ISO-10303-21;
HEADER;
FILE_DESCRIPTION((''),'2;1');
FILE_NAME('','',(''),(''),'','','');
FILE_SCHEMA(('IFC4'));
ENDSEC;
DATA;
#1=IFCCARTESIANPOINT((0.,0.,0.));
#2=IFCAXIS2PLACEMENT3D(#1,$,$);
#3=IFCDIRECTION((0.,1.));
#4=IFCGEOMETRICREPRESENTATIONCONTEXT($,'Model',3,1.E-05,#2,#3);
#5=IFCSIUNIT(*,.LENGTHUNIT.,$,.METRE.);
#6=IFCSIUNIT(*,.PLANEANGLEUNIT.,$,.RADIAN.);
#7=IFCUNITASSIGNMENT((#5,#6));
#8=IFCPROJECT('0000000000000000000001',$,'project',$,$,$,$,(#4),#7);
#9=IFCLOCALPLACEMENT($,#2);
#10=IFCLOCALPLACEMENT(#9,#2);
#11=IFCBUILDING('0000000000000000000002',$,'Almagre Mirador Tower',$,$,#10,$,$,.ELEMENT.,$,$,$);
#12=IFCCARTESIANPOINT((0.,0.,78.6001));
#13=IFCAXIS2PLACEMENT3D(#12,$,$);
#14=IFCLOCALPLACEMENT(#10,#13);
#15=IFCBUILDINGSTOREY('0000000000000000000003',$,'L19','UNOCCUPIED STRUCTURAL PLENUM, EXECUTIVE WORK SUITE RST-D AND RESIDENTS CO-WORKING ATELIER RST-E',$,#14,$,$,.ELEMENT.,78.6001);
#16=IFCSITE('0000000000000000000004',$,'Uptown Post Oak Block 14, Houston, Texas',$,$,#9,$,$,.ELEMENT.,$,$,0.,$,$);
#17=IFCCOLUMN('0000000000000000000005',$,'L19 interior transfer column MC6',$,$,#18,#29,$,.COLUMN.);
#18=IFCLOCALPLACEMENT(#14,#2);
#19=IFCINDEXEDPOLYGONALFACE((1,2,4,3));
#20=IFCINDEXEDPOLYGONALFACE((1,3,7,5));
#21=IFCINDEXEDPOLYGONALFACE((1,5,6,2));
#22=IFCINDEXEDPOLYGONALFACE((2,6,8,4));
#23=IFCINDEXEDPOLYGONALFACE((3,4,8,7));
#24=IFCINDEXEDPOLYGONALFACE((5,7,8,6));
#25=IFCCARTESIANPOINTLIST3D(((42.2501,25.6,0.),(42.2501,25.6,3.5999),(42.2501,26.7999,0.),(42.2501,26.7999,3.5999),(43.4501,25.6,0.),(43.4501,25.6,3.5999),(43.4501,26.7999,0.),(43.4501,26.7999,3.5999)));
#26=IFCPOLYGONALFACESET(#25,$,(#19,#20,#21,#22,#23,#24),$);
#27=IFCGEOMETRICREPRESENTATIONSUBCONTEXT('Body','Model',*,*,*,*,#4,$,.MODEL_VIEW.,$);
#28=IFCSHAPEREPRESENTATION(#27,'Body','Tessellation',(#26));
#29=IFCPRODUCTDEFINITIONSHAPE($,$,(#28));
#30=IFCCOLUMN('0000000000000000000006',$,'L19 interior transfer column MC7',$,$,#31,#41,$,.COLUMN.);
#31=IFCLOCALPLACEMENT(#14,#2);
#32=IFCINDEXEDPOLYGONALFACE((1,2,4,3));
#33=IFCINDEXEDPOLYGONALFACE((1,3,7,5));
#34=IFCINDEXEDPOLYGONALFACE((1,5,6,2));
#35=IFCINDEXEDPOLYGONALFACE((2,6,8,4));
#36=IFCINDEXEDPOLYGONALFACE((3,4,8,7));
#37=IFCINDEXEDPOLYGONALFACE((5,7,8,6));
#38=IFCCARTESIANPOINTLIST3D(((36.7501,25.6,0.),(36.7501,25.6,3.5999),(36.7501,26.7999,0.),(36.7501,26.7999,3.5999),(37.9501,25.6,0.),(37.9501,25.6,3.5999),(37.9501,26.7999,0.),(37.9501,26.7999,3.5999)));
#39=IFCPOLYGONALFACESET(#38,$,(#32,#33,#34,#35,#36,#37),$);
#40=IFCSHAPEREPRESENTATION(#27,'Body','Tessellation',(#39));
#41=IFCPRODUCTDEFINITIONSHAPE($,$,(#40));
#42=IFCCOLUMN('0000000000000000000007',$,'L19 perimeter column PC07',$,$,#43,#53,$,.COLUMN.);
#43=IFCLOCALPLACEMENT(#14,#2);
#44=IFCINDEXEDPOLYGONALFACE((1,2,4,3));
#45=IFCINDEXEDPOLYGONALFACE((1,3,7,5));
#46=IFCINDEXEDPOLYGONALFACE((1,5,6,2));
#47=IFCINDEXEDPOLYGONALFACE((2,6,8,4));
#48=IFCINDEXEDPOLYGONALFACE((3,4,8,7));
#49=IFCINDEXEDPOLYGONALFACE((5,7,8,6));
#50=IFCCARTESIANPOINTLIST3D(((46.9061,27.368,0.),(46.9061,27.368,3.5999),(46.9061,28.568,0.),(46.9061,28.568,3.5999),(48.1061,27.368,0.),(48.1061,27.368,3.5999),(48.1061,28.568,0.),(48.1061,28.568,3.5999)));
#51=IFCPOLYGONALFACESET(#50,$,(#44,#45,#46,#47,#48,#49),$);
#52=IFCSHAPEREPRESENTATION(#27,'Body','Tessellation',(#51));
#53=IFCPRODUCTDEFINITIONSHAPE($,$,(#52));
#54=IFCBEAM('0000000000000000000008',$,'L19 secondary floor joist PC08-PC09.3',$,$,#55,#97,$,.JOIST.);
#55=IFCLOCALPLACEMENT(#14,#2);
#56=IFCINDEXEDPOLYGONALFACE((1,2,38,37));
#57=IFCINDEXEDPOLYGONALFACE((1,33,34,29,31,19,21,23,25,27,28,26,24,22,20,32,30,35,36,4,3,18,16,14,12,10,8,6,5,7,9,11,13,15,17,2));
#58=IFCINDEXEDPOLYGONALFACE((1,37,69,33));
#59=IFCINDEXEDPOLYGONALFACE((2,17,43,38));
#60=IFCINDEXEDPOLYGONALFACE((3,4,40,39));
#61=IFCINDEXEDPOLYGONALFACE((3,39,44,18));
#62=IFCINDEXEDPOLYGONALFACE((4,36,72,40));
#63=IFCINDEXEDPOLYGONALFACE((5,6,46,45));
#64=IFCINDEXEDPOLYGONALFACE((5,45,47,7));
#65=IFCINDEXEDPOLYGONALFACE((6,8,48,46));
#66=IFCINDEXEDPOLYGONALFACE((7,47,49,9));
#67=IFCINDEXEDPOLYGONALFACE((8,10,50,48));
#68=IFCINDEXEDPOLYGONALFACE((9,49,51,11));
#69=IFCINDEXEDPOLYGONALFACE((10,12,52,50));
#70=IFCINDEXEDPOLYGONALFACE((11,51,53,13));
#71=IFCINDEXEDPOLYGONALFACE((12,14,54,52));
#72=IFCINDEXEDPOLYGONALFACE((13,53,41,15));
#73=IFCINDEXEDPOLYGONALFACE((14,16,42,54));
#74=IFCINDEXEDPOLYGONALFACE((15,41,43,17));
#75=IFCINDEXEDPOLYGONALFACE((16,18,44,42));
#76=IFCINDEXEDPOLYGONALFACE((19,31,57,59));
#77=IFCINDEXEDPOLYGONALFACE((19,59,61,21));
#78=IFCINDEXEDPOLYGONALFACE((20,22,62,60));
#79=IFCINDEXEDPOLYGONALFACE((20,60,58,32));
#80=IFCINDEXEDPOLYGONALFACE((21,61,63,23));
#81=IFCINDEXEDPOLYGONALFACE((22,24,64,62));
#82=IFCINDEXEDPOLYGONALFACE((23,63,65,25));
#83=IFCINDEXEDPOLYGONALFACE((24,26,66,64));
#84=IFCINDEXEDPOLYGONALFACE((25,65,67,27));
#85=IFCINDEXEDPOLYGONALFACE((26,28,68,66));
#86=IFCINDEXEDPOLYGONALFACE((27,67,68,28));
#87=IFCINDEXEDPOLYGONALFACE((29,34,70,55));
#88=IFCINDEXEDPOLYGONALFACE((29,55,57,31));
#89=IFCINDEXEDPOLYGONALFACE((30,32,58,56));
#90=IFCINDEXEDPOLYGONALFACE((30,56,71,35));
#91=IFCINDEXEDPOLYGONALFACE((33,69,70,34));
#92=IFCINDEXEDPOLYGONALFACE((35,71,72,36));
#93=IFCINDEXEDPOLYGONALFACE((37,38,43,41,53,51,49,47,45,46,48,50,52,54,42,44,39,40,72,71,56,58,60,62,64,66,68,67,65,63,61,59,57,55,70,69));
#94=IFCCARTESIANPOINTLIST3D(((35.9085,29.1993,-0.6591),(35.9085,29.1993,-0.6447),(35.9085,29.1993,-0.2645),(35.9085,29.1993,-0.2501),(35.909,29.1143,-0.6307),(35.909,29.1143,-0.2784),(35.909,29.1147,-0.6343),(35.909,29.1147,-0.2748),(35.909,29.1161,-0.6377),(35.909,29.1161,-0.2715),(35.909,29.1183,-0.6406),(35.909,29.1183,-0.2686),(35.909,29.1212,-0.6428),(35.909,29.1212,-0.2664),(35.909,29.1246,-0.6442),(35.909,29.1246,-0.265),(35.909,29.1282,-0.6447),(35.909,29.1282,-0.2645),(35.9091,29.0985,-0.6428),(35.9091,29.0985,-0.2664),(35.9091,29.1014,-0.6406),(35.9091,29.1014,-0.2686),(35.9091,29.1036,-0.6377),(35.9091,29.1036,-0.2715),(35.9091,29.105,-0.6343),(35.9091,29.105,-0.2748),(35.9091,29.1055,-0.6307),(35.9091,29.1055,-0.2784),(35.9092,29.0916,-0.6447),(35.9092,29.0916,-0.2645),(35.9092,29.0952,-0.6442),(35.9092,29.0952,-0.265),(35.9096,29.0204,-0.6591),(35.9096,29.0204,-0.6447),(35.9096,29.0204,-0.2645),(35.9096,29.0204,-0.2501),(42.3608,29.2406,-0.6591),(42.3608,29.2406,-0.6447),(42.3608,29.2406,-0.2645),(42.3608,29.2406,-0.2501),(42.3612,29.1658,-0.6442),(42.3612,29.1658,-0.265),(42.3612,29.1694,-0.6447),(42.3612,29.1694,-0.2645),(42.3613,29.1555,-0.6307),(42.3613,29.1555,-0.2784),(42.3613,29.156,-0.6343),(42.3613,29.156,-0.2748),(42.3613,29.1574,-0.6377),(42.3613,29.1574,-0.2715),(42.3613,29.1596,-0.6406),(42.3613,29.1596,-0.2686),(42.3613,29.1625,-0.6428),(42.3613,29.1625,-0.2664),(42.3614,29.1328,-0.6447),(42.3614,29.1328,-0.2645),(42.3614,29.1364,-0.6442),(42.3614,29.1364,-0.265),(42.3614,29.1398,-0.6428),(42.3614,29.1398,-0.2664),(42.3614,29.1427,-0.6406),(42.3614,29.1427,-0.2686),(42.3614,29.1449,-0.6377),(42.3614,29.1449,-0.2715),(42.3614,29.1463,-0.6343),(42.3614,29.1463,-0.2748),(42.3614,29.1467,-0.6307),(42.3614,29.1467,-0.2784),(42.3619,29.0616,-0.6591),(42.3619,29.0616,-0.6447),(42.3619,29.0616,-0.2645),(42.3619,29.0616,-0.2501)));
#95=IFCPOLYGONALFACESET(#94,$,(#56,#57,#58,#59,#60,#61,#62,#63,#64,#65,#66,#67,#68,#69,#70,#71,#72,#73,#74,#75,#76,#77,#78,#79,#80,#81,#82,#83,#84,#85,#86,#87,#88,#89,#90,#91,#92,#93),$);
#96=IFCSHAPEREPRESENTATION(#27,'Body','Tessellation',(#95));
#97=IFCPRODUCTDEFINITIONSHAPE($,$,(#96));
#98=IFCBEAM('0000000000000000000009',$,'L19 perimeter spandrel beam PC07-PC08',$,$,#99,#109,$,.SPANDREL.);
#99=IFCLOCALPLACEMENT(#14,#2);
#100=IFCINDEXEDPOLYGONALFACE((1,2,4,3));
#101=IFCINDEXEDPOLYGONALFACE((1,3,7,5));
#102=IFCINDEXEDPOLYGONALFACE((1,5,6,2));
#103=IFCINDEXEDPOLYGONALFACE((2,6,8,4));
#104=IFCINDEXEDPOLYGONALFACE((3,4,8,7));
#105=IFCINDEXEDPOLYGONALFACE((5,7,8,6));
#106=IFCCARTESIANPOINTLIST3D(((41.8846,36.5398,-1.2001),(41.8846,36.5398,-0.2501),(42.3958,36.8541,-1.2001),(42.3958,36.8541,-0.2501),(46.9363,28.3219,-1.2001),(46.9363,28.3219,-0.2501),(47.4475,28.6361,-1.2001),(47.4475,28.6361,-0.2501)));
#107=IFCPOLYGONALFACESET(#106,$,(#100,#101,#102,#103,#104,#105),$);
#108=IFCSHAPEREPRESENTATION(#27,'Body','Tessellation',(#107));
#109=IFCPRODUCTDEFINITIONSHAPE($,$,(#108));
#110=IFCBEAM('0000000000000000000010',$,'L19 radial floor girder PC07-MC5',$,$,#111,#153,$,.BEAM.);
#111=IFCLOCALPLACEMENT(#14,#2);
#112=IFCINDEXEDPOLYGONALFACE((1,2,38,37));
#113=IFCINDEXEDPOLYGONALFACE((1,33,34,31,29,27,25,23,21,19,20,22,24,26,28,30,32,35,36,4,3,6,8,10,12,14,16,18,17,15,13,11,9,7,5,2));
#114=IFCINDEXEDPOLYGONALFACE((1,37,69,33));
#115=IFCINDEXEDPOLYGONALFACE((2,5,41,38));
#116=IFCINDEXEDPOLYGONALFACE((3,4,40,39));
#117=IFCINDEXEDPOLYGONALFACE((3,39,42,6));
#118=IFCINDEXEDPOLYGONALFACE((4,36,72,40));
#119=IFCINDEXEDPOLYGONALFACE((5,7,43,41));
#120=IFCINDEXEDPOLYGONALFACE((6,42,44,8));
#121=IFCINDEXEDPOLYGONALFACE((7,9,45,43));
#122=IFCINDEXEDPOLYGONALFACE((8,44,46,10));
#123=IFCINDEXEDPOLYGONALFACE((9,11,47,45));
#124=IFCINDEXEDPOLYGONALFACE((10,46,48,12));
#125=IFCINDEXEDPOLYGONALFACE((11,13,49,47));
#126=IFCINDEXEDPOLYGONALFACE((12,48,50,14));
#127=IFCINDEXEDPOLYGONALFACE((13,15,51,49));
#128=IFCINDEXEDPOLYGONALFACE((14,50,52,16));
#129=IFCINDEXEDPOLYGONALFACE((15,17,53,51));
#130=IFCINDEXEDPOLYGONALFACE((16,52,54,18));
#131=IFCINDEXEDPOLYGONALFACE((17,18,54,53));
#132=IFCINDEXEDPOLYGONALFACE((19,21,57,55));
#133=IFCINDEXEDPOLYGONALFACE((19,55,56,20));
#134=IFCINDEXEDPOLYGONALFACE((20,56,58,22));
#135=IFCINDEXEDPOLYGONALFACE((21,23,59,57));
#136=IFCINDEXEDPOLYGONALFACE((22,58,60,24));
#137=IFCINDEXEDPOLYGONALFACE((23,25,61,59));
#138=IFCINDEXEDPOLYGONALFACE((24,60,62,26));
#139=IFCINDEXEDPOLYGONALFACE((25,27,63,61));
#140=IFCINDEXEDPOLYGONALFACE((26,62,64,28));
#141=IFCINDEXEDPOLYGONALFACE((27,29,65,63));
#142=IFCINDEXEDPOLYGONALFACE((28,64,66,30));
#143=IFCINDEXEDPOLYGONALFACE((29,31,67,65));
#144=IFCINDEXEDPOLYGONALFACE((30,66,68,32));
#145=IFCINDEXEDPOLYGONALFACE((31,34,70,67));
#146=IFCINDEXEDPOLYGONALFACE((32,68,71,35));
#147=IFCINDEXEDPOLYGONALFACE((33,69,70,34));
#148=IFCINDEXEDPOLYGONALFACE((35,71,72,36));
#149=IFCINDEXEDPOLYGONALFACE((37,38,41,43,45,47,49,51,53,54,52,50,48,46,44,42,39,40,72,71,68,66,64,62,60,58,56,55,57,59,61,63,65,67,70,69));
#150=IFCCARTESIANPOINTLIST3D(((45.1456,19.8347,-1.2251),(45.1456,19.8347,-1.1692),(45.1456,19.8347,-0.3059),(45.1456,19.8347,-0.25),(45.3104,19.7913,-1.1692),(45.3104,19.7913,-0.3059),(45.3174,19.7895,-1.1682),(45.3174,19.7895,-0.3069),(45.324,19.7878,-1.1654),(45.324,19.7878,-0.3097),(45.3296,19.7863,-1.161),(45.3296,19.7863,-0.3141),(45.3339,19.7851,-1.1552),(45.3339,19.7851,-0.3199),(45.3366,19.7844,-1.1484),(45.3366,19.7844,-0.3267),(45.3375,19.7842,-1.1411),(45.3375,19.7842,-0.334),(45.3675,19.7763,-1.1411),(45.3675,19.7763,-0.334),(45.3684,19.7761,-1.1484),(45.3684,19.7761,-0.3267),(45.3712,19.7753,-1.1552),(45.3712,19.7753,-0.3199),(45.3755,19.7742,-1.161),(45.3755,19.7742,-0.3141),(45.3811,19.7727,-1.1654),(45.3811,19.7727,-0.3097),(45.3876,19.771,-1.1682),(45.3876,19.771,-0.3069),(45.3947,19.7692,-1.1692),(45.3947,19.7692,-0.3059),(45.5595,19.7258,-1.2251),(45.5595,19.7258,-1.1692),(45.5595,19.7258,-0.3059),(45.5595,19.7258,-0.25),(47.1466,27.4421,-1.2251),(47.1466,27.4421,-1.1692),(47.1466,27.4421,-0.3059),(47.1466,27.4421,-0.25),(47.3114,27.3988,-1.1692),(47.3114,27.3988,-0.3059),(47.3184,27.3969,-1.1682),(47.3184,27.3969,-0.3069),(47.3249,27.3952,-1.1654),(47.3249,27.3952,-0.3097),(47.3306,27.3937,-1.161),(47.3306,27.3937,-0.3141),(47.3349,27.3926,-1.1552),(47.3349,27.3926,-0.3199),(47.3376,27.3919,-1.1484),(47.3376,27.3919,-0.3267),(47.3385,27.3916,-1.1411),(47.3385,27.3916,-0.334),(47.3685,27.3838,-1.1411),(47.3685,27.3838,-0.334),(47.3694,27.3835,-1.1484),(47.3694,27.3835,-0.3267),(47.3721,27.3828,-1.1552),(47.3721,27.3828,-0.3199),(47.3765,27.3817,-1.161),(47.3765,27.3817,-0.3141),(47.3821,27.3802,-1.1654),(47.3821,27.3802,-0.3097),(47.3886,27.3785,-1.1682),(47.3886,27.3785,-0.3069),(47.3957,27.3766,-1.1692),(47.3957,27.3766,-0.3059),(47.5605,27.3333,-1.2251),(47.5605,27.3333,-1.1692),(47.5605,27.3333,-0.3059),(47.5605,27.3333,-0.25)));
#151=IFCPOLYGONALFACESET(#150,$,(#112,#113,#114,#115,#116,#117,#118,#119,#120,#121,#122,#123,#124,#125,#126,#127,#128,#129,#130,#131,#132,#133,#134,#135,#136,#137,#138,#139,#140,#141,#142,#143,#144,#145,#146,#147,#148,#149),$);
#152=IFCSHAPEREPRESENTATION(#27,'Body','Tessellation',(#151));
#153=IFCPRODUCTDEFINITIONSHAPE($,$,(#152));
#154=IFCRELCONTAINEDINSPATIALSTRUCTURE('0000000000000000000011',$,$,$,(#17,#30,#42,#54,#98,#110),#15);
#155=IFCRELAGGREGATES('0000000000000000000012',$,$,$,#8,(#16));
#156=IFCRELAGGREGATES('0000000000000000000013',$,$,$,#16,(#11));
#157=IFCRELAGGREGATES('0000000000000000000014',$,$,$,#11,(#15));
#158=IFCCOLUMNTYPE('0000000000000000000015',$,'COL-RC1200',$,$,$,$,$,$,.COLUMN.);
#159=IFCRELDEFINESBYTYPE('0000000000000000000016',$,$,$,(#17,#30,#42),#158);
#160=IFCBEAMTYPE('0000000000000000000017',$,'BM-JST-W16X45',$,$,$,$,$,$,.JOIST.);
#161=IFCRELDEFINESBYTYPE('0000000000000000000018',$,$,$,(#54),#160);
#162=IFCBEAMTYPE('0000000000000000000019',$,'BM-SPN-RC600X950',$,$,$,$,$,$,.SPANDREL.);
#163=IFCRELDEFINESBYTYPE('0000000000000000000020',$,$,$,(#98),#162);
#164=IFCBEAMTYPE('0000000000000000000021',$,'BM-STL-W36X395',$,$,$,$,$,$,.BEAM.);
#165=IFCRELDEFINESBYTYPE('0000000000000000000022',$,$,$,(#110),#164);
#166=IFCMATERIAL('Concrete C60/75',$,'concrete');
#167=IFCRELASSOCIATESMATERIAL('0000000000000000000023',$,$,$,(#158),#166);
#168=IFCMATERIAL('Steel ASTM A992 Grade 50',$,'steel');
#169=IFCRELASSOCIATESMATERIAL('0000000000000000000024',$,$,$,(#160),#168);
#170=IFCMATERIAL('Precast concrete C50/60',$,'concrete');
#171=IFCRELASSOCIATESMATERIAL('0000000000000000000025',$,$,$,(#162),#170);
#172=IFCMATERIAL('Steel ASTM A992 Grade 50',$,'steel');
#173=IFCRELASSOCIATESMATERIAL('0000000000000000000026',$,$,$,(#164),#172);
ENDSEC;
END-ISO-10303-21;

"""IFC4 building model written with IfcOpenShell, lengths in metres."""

from ifc_helpers import new_model, si_unit, direction, frame, origin, origin_2d, place, context, subcontext, project, spatial, rectangle, i_section, extrude, material, material_profile, profile_set, type_object, element, save


model = new_model("IFC4")

# Units and contexts
model_context = context("Model", 3, precision=1e-05, world=origin(), true_north=direction((0.0, 1.0)))
body_context = subcontext(model_context, "Body", "Model", "MODEL_VIEW")
ifc_project = project(units=[si_unit("LENGTHUNIT", "METRE"), si_unit("PLANEANGLEUNIT", "RADIAN")], contexts=[model_context])

# Site, building, storey
site_placement = place(None, origin())
site = spatial("IfcSite", under=ifc_project, at=site_placement, Name="Uptown Post Oak Block 14, Houston, Texas", CompositionType="ELEMENT", RefElevation=0.0)
building_placement = place(site_placement, origin())
building = spatial("IfcBuilding", under=site, at=building_placement, Name="Almagre Mirador Tower", CompositionType="ELEMENT")
storey_placement = place(building_placement, frame((0.0, 0.0, 78.6001)))
storey = spatial("IfcBuildingStorey", under=building, at=storey_placement, Name="L19", Description="UNOCCUPIED STRUCTURAL PLENUM, EXECUTIVE WORK SUITE RST-D AND RESIDENTS CO-WORKING ATELIER RST-E", CompositionType="ELEMENT", Elevation=78.6001)

# Columns
ifc_material_1 = material(Name="Concrete C60/75", Category="concrete")
ifc_material_profile_1 = material_profile(ifc_material_1, rectangle(XDim=1.2, YDim=1.2, at=origin_2d()), Name="RC1200X1200")
ifc_profile_set_1 = profile_set([ifc_material_profile_1], Name="Concrete C60/75")
column_type = type_object("IfcColumnType", Name="COL-RC1200", PredefinedType="COLUMN", material=ifc_profile_set_1)
for number, where, z_axis, x_axis, name in (
    (1, (42.8501, 26.2, 0.0), (0.0, 0.0, 1.0), (1.0, 0.0, 0.0), "L19 interior transfer column MC6"),
    (2, (37.3501, 26.2, 0.0), (0.0, 0.0, 1.0), (1.0, 0.0, 0.0), "L19 interior transfer column MC7"),
    (3, (47.5061, 27.968, 0.0), (0.0, 0.0, 1.0), (1.0, 0.0, 0.0), "L19 perimeter column PC07"),
):
    element("IfcColumn", number, at=place(storey_placement, frame(where, z_axis=z_axis, x_axis=x_axis)), inside=storey, type_object=column_type, Name=name, PredefinedType="COLUMN", context=body_context, shape_type="SweptSolid", body=[
        extrude(rectangle(XDim=1.2, YDim=1.2, at=origin_2d()), origin(), (0.0, 0.0, 1.0), 3.5999),
    ])

# Beams
ifc_material_2 = material(Name="Steel ASTM A992 Grade 50", Category="steel")
ifc_material_profile_2 = material_profile(ifc_material_2, i_section(OverallWidth=0.179, OverallDepth=0.4089, WebThickness=0.0088, FlangeThickness=0.0144, FilletRadius=0.0139, at=origin_2d()), Name="W16X45")
ifc_profile_set_2 = profile_set([ifc_material_profile_2], Name="Steel ASTM A992 Grade 50")
beam_type_1 = type_object("IfcBeamType", Name="BM-JST-W16X45", PredefinedType="JOIST", material=ifc_profile_set_2)
beam_1_placement = place(storey_placement, frame((42.3613, 29.1511, -0.4546), z_axis=(-0.99998, -0.006395, 0.0), x_axis=(0.006395, -0.99998, 0.0)))
element("IfcBeam", 4, at=beam_1_placement, inside=storey, type_object=beam_type_1, Name="L19 secondary floor joist PC08-PC09.3", PredefinedType="JOIST", context=body_context, shape_type="SweptSolid", body=[
    extrude(i_section(OverallWidth=0.179, OverallDepth=0.4089, WebThickness=0.0088, FlangeThickness=0.0144, FilletRadius=0.0139, at=origin_2d()), origin(), (0.0, 0.0, 1.0), 6.4524),
])
ifc_material_3 = material(Name="Precast concrete C50/60", Category="concrete")
ifc_material_profile_3 = material_profile(ifc_material_3, rectangle(XDim=0.6001, YDim=0.95, at=origin_2d()), Name="RC600X950")
ifc_profile_set_3 = profile_set([ifc_material_profile_3], Name="Precast concrete C50/60")
beam_type_2 = type_object("IfcBeamType", Name="BM-SPN-RC600X950", PredefinedType="SPANDREL", material=ifc_profile_set_3)
beam_2_placement = place(storey_placement, frame((47.1919, 28.479, -0.7251), z_axis=(-0.523685, 0.851912, 0.0), x_axis=(-0.851912, -0.523685, 0.0)))
element("IfcBeam", 5, at=beam_2_placement, inside=storey, type_object=beam_type_2, Name="L19 perimeter spandrel beam PC07-PC08", PredefinedType="SPANDREL", context=body_context, shape_type="SweptSolid", body=[
    extrude(rectangle(XDim=0.6001, YDim=0.95, at=origin_2d()), origin(), (0.0, 0.0, 1.0), 9.6465),
])
ifc_material_4 = material(Name="Steel ASTM A992 Grade 50", Category="steel")
ifc_material_profile_4 = material_profile(ifc_material_4, i_section(OverallWidth=0.428, OverallDepth=0.9751, WebThickness=0.031, FlangeThickness=0.0559, FilletRadius=0.0281, at=origin_2d()), Name="W36X395")
ifc_profile_set_4 = profile_set([ifc_material_profile_4], Name="Steel ASTM A992 Grade 50")
beam_type_3 = type_object("IfcBeamType", Name="BM-STL-W36X395", PredefinedType="BEAM", material=ifc_profile_set_4)
beam_3_placement = place(storey_placement, frame((47.3535, 27.3877, -0.7375), z_axis=(-0.254377, -0.967105, 0.0), x_axis=(0.967105, -0.254377, 0.0)))
element("IfcBeam", 6, at=beam_3_placement, inside=storey, type_object=beam_type_3, Name="L19 radial floor girder PC07-MC5", PredefinedType="BEAM", context=body_context, shape_type="SweptSolid", body=[
    extrude(i_section(OverallWidth=0.428, OverallDepth=0.9751, WebThickness=0.031, FlangeThickness=0.0559, FilletRadius=0.0281, at=origin_2d()), origin(), (0.0, 0.0, 1.0), 7.8662),
])

save(model, "model.ifc")
